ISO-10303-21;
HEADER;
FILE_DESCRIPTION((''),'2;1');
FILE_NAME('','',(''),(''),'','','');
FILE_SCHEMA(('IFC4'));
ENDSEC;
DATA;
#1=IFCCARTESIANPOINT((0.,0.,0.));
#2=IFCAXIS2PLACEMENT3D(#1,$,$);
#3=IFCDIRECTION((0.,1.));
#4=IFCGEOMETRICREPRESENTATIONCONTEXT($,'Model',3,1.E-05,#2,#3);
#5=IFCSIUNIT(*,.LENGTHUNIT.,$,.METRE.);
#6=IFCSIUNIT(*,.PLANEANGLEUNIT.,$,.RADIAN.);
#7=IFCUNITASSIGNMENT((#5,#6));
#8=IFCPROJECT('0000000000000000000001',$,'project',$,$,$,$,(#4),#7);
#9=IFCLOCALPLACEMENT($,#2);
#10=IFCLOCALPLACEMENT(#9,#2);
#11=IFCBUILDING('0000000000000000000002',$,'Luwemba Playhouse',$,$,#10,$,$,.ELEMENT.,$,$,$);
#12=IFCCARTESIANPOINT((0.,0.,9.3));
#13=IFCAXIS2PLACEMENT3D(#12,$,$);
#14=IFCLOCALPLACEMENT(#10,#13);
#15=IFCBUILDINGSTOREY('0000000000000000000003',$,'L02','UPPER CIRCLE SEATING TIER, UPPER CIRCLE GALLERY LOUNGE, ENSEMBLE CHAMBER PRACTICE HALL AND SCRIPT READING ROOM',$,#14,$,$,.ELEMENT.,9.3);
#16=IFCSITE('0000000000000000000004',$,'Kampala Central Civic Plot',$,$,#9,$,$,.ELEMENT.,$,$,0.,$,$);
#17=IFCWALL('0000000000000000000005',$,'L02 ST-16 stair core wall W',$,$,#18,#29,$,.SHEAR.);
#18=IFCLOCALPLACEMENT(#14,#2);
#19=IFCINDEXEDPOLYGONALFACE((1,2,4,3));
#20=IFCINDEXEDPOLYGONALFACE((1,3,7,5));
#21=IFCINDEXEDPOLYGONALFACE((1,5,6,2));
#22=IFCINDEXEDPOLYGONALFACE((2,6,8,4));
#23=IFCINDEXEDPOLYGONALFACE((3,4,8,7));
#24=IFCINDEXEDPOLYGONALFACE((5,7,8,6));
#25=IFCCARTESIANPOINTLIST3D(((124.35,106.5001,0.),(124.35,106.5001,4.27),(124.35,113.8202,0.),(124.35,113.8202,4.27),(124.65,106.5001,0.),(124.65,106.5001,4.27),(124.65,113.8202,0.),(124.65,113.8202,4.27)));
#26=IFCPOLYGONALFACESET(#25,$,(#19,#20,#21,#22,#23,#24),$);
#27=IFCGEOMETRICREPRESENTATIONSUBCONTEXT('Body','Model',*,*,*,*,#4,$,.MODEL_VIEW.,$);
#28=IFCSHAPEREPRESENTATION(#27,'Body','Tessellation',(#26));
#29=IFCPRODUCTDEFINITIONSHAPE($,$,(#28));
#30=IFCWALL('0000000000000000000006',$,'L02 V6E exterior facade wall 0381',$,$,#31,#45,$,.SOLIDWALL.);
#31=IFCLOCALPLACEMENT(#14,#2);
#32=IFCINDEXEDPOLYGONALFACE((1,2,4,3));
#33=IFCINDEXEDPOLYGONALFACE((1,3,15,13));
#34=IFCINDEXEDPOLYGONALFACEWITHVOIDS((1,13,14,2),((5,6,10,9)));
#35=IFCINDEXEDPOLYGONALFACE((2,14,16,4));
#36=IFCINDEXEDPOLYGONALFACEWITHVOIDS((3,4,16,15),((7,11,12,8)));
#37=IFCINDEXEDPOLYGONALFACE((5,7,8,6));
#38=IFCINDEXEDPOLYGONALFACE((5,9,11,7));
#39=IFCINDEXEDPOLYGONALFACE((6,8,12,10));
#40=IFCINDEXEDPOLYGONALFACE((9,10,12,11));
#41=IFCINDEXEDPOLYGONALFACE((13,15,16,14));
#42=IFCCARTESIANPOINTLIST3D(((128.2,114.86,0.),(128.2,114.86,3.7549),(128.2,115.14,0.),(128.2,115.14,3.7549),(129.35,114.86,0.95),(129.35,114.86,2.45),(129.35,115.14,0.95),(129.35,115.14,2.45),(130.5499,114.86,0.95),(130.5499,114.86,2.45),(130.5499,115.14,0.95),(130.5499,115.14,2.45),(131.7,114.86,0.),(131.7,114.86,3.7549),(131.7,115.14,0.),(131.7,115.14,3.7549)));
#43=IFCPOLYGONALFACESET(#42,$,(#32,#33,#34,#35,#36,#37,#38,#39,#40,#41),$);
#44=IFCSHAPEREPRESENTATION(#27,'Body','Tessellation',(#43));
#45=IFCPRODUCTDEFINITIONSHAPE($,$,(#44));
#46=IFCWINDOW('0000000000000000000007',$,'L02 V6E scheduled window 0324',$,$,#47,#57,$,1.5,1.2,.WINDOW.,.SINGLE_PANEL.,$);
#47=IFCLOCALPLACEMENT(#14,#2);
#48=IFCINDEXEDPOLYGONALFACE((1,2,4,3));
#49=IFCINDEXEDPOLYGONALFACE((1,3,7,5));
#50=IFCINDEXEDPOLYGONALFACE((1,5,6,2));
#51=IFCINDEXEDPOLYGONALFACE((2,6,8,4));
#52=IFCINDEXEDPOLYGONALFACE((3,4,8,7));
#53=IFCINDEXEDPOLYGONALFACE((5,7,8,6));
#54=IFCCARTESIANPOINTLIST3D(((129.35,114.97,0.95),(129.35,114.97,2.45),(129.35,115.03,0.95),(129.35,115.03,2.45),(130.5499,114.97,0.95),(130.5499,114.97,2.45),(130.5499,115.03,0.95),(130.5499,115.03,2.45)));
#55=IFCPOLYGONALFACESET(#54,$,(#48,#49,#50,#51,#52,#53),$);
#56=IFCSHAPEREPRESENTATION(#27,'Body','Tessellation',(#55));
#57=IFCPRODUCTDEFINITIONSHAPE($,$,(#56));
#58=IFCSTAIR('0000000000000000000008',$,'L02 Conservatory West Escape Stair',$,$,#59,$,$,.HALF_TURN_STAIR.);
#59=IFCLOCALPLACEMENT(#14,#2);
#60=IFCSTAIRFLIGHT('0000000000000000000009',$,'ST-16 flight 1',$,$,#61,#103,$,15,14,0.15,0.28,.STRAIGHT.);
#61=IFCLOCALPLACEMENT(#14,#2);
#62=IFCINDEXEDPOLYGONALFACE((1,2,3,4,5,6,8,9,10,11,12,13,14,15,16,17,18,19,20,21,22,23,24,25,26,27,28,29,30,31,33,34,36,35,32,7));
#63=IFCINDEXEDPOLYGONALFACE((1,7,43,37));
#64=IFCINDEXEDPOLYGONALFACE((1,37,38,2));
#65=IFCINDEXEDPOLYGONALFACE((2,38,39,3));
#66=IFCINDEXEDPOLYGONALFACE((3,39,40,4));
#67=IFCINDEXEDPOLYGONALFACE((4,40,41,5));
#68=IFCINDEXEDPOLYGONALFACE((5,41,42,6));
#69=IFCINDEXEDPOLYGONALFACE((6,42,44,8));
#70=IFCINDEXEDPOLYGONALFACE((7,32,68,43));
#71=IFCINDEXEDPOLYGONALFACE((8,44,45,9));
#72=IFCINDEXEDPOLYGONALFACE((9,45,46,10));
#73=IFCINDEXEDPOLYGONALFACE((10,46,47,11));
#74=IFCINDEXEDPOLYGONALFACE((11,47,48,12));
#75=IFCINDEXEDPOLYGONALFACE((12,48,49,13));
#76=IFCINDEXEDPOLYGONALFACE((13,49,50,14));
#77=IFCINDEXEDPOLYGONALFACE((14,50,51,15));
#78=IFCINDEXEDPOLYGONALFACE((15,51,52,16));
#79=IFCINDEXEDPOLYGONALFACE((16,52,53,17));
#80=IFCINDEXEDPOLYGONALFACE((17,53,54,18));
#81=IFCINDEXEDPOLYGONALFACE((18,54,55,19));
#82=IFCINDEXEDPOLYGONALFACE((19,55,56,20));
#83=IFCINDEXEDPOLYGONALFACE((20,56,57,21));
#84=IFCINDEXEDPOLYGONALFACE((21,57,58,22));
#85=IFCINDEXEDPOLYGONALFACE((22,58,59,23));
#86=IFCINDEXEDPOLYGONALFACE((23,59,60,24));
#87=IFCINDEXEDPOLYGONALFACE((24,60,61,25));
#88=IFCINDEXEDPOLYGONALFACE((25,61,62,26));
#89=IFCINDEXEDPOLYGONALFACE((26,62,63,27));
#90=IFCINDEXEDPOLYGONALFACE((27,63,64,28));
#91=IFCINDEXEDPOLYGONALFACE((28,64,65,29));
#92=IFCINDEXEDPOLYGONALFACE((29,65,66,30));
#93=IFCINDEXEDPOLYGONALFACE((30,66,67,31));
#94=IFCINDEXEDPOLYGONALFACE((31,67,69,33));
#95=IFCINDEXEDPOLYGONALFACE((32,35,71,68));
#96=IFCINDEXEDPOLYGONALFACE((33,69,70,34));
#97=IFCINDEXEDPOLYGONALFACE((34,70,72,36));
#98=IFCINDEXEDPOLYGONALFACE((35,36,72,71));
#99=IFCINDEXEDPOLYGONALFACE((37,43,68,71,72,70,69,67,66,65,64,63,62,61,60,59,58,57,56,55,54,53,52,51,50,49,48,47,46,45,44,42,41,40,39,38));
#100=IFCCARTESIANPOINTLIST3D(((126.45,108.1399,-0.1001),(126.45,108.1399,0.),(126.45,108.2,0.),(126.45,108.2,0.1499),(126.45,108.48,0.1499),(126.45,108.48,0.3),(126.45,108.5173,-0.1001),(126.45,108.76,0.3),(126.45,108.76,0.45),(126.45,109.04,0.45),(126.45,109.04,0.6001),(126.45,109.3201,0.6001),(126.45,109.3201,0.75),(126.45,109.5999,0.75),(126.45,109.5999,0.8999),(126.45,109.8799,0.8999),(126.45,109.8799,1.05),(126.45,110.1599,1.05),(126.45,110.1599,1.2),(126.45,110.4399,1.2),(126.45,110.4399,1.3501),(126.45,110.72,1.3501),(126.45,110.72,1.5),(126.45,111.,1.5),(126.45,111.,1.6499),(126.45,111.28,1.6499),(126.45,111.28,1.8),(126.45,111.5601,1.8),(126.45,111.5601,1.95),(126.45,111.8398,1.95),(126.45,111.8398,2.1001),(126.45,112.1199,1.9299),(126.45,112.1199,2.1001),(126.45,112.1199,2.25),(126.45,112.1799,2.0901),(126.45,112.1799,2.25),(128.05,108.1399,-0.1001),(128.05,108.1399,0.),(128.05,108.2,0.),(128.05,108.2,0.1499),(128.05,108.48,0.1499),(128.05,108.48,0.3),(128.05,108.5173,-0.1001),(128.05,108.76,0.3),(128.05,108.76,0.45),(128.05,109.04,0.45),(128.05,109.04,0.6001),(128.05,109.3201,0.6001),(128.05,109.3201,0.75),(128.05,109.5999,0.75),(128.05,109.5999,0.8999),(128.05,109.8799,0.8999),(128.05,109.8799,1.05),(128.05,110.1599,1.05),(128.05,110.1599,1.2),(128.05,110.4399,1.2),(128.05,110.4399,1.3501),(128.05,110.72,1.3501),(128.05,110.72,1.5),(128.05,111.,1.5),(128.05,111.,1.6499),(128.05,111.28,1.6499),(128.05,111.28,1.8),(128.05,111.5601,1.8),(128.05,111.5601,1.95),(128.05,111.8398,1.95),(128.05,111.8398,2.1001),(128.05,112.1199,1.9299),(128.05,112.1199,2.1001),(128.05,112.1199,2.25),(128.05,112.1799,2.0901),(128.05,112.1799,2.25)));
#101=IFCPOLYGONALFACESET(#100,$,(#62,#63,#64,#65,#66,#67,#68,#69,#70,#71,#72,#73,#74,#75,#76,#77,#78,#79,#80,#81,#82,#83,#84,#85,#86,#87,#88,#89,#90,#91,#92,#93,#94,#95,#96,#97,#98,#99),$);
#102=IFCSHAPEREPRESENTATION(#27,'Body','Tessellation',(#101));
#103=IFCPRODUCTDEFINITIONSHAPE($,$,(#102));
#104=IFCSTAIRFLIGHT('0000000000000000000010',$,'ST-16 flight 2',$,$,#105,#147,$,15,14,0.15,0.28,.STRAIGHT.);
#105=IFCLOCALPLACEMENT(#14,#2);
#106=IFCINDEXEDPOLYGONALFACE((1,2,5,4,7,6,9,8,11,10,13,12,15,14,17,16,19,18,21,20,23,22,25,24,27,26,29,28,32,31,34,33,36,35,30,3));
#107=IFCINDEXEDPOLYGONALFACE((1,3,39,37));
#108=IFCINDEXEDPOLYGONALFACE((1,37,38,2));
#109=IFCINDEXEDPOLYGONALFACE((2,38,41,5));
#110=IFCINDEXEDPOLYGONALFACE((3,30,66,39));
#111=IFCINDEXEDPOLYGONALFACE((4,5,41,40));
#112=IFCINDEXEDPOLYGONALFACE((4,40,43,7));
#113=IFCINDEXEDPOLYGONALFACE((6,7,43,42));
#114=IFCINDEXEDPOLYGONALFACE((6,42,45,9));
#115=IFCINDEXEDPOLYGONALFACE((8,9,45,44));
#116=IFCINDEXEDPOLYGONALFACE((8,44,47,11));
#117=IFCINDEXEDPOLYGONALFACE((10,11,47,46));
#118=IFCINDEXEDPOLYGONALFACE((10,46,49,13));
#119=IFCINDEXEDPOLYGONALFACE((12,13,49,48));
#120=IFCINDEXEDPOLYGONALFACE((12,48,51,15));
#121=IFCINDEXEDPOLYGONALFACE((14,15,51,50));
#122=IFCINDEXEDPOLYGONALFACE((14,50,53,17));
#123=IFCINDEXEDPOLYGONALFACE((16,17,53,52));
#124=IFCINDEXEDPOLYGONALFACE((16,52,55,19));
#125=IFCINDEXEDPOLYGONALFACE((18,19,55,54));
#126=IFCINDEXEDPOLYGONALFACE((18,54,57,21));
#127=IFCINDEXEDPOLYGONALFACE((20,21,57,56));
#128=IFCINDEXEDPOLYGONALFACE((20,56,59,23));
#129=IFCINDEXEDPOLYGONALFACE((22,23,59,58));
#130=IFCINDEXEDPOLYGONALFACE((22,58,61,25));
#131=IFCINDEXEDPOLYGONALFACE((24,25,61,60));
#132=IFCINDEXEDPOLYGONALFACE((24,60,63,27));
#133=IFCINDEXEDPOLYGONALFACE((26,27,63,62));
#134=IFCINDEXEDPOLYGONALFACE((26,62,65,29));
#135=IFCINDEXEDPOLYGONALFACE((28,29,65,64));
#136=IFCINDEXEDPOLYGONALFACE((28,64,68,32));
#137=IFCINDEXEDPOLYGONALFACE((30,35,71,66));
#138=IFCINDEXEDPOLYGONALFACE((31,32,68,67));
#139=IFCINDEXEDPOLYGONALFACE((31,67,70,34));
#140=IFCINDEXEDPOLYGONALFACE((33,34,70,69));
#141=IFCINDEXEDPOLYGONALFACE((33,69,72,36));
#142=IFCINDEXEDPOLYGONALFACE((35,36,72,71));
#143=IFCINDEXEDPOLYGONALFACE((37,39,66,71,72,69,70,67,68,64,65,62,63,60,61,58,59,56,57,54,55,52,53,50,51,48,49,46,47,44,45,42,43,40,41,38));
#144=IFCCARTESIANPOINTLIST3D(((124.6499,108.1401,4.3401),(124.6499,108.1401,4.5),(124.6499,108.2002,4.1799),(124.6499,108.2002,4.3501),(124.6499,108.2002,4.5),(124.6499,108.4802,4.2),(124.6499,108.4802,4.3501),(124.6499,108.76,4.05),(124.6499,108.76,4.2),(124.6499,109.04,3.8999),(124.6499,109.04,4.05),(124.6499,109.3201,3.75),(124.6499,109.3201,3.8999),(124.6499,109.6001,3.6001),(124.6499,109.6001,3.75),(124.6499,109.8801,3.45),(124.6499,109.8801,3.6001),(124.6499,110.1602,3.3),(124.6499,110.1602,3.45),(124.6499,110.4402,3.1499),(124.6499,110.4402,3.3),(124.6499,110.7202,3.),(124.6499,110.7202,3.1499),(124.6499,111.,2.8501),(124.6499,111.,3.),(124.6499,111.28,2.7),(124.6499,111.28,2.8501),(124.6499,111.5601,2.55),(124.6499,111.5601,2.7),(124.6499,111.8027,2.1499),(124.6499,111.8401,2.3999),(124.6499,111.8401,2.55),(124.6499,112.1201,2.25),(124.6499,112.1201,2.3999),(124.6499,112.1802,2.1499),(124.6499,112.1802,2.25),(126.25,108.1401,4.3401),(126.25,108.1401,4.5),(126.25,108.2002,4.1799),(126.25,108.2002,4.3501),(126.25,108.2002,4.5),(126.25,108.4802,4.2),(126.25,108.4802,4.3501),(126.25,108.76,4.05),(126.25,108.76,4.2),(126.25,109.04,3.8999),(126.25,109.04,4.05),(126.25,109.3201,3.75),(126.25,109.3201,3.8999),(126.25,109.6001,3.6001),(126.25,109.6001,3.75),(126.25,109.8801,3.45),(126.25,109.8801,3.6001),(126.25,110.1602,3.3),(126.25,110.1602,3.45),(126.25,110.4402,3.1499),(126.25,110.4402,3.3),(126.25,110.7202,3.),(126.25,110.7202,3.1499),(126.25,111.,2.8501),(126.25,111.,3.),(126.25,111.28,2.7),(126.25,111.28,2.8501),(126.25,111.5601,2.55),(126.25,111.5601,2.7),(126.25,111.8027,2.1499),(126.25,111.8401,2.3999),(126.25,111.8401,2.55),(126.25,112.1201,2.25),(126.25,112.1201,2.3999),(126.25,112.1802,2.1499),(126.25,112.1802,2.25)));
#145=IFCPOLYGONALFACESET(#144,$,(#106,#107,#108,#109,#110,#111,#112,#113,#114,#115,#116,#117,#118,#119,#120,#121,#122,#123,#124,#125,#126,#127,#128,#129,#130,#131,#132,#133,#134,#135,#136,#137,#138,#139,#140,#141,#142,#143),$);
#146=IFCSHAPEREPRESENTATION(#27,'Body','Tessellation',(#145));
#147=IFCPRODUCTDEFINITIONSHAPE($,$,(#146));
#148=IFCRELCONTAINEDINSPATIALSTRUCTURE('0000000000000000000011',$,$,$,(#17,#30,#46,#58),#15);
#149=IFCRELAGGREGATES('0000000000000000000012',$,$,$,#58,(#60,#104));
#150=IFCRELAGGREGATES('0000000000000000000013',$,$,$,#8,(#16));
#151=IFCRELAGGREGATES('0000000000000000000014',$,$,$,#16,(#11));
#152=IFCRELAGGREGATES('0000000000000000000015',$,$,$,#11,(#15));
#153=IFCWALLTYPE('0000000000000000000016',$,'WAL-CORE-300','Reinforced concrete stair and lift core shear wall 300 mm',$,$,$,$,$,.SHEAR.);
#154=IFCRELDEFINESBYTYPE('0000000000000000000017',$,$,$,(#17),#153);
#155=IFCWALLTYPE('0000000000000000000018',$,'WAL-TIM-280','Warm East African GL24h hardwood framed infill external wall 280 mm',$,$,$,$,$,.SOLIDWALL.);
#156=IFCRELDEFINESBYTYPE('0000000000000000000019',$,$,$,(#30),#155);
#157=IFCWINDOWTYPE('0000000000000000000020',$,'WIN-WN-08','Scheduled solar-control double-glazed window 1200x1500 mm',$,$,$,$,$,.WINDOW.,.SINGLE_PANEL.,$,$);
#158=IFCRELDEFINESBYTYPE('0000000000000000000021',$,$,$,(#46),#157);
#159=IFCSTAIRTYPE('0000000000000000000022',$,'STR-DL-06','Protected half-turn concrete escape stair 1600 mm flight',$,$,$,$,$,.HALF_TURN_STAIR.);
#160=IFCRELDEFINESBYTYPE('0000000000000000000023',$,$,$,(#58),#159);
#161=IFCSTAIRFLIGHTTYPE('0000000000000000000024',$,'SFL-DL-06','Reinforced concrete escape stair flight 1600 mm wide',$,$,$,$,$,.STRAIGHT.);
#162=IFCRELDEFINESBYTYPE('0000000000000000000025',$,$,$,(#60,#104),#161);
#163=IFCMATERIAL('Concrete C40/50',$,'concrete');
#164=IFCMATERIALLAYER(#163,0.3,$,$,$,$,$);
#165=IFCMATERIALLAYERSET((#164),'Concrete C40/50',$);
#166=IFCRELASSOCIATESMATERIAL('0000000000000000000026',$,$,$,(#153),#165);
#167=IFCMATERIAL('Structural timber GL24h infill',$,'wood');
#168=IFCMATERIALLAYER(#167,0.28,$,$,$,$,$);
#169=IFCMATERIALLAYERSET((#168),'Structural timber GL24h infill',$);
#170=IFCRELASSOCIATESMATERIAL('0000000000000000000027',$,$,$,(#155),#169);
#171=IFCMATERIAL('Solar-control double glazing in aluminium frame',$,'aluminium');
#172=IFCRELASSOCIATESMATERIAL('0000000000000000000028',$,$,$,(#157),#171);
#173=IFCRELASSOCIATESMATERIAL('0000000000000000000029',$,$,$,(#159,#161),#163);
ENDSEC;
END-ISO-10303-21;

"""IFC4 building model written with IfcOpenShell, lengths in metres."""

from ifc_helpers import new_model, si_unit, direction, frame, frame_2d, origin, place, context, subcontext, project, spatial, polyline, rectangle, outline, extrude, material, layer, layer_set, type_object, element, fill, aggregate, save


model = new_model("IFC4")

# Units and contexts
model_context = context("Model", 3, precision=1e-05, world=origin(), true_north=direction((0.0, 1.0)))
body_context = subcontext(model_context, "Body", "Model", "MODEL_VIEW")
ifc_project = project(units=[si_unit("LENGTHUNIT", "METRE"), si_unit("PLANEANGLEUNIT", "RADIAN")], contexts=[model_context])

# Site, building, storey
site_placement = place(None, origin())
site = spatial("IfcSite", under=ifc_project, at=site_placement, Name="Kampala Central Civic Plot", CompositionType="ELEMENT", RefElevation=0.0)
building_placement = place(site_placement, origin())
building = spatial("IfcBuilding", under=site, at=building_placement, Name="Luwemba Playhouse", CompositionType="ELEMENT")
storey_placement = place(building_placement, frame((0.0, 0.0, 9.3)))
storey = spatial("IfcBuildingStorey", under=building, at=storey_placement, Name="L02", Description="UPPER CIRCLE SEATING TIER, UPPER CIRCLE GALLERY LOUNGE, ENSEMBLE CHAMBER PRACTICE HALL AND SCRIPT READING ROOM", CompositionType="ELEMENT", Elevation=9.3)

# Shared definitions
ifc_material_1 = material(Name="Concrete C40/50", Category="concrete")

# Shared definitions
ifc_material_2 = material(Name="Solar-control double glazing in aluminium frame", Category="aluminium")

# Wall
ifc_layer_1 = layer(ifc_material_1, 0.3)
ifc_layer_set_1 = layer_set([ifc_layer_1], Name="Concrete C40/50")
wall_type_1 = type_object("IfcWallType", Name="WAL-CORE-300", Description="Reinforced concrete stair and lift core shear wall 300 mm", PredefinedType="SHEAR", material=ifc_layer_set_1)
wall_1_placement = place(storey_placement, frame((124.5, 106.5, 0.0), z_axis=(0.0, 0.0, 1.0), x_axis=(0.0, 1.0, 0.0)))
element("IfcWall", 1, at=wall_1_placement, inside=storey, type_object=wall_type_1, Name="L02 ST-16 stair core wall W", PredefinedType="SHEAR", context=body_context, shape_type="SweptSolid", body=[
    extrude(rectangle(XDim=7.3201, YDim=0.3, at=frame_2d((3.6602, 0.0))), origin(), (0.0, 0.0, 1.0), 4.27),
])

# Wall, opening, window
ifc_material_3 = material(Name="Structural timber GL24h infill", Category="wood")
ifc_layer_2 = layer(ifc_material_3, 0.28)
ifc_layer_set_2 = layer_set([ifc_layer_2], Name="Structural timber GL24h infill")
wall_type_2 = type_object("IfcWallType", Name="WAL-TIM-280", Description="Warm East African GL24h hardwood framed infill external wall 280 mm", PredefinedType="SOLIDWALL", material=ifc_layer_set_2)
wall_2_placement = place(storey_placement, frame((128.2, 115.0, 0.0), z_axis=(0.0, 0.0, 1.0), x_axis=(1.0, 0.0, 0.0)))
wall_2 = element("IfcWall", 2, at=wall_2_placement, inside=storey, type_object=wall_type_2, Name="L02 V6E exterior facade wall 0381", PredefinedType="SOLIDWALL", context=body_context, shape_type="SweptSolid", body=[
    extrude(rectangle(XDim=3.5, YDim=0.28, at=frame_2d((1.75, 0.0))), origin(), (0.0, 0.0, 1.0), 3.7549),
])
opening_1_placement = place(wall_2_placement, frame((1.1499, 0.0, 0.95)))
opening_1 = element("IfcOpeningElement", 3, at=opening_1_placement, cuts=wall_2, PredefinedType="OPENING", context=body_context, shape_type="SweptSolid", body=[
    extrude(rectangle(XDim=1.2, YDim=1.5, at=frame_2d((0.6001, 0.75))), frame((0.0, 0.1499, 0.0), z_axis=(0.0, -1.0, 0.0), x_axis=(1.0, 0.0, 0.0)), (0.0, 0.0, 1.0), 0.3),
])
window_type_1 = type_object("IfcWindowType", Name="WIN-WN-08", Description="Scheduled solar-control double-glazed window 1200x1500 mm", PartitioningType="SINGLE_PANEL", PredefinedType="WINDOW", material=ifc_material_2)
window_1_placement = place(opening_1_placement, origin())
window_1 = element("IfcWindow", 4, at=window_1_placement, inside=storey, type_object=window_type_1, Name="L02 V6E scheduled window 0324", OverallHeight=1.5, OverallWidth=1.2, PartitioningType="SINGLE_PANEL", PredefinedType="WINDOW", context=body_context, shape_type="SweptSolid", body=[
    extrude(rectangle(XDim=1.2, YDim=1.5, at=frame_2d((0.6001, 0.75))), frame((0.0, 0.03, 0.0), z_axis=(0.0, -1.0, 0.0), x_axis=(1.0, 0.0, 0.0)), (0.0, 0.0, 1.0), 0.0601),
])
fill(opening_1, window_1)

# Stair, stair flights
stair_type = type_object("IfcStairType", Name="STR-DL-06", Description="Protected half-turn concrete escape stair 1600 mm flight", PredefinedType="HALF_TURN_STAIR", material=ifc_material_1)
stair_placement = place(storey_placement, origin())
stair = element("IfcStair", 5, at=stair_placement, inside=storey, type_object=stair_type, Name="L02 Conservatory West Escape Stair", PredefinedType="HALF_TURN_STAIR")
stair_flight_type = type_object("IfcStairFlightType", Name="SFL-DL-06", Description="Reinforced concrete escape stair flight 1600 mm wide", PredefinedType="STRAIGHT", material=ifc_material_1)
stair_flight_1_placement = place(storey_placement, frame((127.25, 108.2, 0.0), z_axis=(0.0, 0.0, 1.0), x_axis=(0.0, 1.0, 0.0)))
stair_flight_1 = element("IfcStairFlight", 6, at=stair_flight_1_placement, type_object=stair_flight_type, Name="ST-16 flight 1", NumberOfRisers=15, NumberOfTreads=14, PredefinedType="STRAIGHT", RiserHeight=0.15, TreadLength=0.28, context=body_context, shape_type="SweptSolid", body=[
    extrude(outline(polyline([(-0.0601, -0.1001), (-0.0601, 0.0), (0.0, 0.0), (0.0, 0.1499), (0.28, 0.1499), (0.28, 0.3), (0.5601, 0.3), (0.5601, 0.45), (0.8401, 0.45), (0.8401, 0.6001), (1.1201, 0.6001), (1.1201, 0.75), (1.3999, 0.75), (1.3999, 0.8999), (1.6799, 0.8999), (1.6799, 1.05), (1.96, 1.05), (1.96, 1.2), (2.24, 1.2), (2.24, 1.3501), (2.52, 1.3501), (2.52, 1.5), (2.8, 1.5), (2.8, 1.6499), (3.0801, 1.6499), (3.0801, 1.8), (3.3601, 1.8), (3.3601, 1.95), (3.6399, 1.95), (3.6399, 2.1001), (3.9199, 2.1001), (3.9199, 2.25), (3.98, 2.25), (3.98, 2.0901), (3.9199, 1.9299), (0.3174, -0.1001), (-0.0601, -0.1001)])), frame((0.0, 0.8, 0.0), z_axis=(0.0, -1.0, 0.0), x_axis=(1.0, 0.0, 0.0)), (0.0, 0.0, 1.0), 1.6001),
])
stair_flight_2_placement = place(storey_placement, frame((125.45, 112.1201, 2.25), z_axis=(0.0, 0.0, 1.0), x_axis=(0.0, -1.0, 0.0)))
stair_flight_2 = element("IfcStairFlight", 7, at=stair_flight_2_placement, type_object=stair_flight_type, Name="ST-16 flight 2", NumberOfRisers=15, NumberOfTreads=14, PredefinedType="STRAIGHT", RiserHeight=0.15, TreadLength=0.28, context=body_context, shape_type="SweptSolid", body=[
    extrude(outline(polyline([(-0.0601, -0.1001), (-0.0601, 0.0), (0.0, 0.0), (0.0, 0.1499), (0.28, 0.1499), (0.28, 0.3), (0.5601, 0.3), (0.5601, 0.45), (0.8401, 0.45), (0.8401, 0.6001), (1.1201, 0.6001), (1.1201, 0.75), (1.3999, 0.75), (1.3999, 0.8999), (1.6799, 0.8999), (1.6799, 1.05), (1.96, 1.05), (1.96, 1.2), (2.24, 1.2), (2.24, 1.3501), (2.52, 1.3501), (2.52, 1.5), (2.8, 1.5), (2.8, 1.6499), (3.0801, 1.6499), (3.0801, 1.8), (3.3601, 1.8), (3.3601, 1.95), (3.6399, 1.95), (3.6399, 2.1001), (3.9199, 2.1001), (3.9199, 2.25), (3.98, 2.25), (3.98, 2.0901), (3.9199, 1.9299), (0.3174, -0.1001), (-0.0601, -0.1001)])), frame((0.0, 0.8, 0.0), z_axis=(0.0, -1.0, 0.0), x_axis=(1.0, 0.0, 0.0)), (0.0, 0.0, 1.0), 1.6001),
])
aggregate(stair, [stair_flight_1, stair_flight_2])

save(model, "model.ifc")
